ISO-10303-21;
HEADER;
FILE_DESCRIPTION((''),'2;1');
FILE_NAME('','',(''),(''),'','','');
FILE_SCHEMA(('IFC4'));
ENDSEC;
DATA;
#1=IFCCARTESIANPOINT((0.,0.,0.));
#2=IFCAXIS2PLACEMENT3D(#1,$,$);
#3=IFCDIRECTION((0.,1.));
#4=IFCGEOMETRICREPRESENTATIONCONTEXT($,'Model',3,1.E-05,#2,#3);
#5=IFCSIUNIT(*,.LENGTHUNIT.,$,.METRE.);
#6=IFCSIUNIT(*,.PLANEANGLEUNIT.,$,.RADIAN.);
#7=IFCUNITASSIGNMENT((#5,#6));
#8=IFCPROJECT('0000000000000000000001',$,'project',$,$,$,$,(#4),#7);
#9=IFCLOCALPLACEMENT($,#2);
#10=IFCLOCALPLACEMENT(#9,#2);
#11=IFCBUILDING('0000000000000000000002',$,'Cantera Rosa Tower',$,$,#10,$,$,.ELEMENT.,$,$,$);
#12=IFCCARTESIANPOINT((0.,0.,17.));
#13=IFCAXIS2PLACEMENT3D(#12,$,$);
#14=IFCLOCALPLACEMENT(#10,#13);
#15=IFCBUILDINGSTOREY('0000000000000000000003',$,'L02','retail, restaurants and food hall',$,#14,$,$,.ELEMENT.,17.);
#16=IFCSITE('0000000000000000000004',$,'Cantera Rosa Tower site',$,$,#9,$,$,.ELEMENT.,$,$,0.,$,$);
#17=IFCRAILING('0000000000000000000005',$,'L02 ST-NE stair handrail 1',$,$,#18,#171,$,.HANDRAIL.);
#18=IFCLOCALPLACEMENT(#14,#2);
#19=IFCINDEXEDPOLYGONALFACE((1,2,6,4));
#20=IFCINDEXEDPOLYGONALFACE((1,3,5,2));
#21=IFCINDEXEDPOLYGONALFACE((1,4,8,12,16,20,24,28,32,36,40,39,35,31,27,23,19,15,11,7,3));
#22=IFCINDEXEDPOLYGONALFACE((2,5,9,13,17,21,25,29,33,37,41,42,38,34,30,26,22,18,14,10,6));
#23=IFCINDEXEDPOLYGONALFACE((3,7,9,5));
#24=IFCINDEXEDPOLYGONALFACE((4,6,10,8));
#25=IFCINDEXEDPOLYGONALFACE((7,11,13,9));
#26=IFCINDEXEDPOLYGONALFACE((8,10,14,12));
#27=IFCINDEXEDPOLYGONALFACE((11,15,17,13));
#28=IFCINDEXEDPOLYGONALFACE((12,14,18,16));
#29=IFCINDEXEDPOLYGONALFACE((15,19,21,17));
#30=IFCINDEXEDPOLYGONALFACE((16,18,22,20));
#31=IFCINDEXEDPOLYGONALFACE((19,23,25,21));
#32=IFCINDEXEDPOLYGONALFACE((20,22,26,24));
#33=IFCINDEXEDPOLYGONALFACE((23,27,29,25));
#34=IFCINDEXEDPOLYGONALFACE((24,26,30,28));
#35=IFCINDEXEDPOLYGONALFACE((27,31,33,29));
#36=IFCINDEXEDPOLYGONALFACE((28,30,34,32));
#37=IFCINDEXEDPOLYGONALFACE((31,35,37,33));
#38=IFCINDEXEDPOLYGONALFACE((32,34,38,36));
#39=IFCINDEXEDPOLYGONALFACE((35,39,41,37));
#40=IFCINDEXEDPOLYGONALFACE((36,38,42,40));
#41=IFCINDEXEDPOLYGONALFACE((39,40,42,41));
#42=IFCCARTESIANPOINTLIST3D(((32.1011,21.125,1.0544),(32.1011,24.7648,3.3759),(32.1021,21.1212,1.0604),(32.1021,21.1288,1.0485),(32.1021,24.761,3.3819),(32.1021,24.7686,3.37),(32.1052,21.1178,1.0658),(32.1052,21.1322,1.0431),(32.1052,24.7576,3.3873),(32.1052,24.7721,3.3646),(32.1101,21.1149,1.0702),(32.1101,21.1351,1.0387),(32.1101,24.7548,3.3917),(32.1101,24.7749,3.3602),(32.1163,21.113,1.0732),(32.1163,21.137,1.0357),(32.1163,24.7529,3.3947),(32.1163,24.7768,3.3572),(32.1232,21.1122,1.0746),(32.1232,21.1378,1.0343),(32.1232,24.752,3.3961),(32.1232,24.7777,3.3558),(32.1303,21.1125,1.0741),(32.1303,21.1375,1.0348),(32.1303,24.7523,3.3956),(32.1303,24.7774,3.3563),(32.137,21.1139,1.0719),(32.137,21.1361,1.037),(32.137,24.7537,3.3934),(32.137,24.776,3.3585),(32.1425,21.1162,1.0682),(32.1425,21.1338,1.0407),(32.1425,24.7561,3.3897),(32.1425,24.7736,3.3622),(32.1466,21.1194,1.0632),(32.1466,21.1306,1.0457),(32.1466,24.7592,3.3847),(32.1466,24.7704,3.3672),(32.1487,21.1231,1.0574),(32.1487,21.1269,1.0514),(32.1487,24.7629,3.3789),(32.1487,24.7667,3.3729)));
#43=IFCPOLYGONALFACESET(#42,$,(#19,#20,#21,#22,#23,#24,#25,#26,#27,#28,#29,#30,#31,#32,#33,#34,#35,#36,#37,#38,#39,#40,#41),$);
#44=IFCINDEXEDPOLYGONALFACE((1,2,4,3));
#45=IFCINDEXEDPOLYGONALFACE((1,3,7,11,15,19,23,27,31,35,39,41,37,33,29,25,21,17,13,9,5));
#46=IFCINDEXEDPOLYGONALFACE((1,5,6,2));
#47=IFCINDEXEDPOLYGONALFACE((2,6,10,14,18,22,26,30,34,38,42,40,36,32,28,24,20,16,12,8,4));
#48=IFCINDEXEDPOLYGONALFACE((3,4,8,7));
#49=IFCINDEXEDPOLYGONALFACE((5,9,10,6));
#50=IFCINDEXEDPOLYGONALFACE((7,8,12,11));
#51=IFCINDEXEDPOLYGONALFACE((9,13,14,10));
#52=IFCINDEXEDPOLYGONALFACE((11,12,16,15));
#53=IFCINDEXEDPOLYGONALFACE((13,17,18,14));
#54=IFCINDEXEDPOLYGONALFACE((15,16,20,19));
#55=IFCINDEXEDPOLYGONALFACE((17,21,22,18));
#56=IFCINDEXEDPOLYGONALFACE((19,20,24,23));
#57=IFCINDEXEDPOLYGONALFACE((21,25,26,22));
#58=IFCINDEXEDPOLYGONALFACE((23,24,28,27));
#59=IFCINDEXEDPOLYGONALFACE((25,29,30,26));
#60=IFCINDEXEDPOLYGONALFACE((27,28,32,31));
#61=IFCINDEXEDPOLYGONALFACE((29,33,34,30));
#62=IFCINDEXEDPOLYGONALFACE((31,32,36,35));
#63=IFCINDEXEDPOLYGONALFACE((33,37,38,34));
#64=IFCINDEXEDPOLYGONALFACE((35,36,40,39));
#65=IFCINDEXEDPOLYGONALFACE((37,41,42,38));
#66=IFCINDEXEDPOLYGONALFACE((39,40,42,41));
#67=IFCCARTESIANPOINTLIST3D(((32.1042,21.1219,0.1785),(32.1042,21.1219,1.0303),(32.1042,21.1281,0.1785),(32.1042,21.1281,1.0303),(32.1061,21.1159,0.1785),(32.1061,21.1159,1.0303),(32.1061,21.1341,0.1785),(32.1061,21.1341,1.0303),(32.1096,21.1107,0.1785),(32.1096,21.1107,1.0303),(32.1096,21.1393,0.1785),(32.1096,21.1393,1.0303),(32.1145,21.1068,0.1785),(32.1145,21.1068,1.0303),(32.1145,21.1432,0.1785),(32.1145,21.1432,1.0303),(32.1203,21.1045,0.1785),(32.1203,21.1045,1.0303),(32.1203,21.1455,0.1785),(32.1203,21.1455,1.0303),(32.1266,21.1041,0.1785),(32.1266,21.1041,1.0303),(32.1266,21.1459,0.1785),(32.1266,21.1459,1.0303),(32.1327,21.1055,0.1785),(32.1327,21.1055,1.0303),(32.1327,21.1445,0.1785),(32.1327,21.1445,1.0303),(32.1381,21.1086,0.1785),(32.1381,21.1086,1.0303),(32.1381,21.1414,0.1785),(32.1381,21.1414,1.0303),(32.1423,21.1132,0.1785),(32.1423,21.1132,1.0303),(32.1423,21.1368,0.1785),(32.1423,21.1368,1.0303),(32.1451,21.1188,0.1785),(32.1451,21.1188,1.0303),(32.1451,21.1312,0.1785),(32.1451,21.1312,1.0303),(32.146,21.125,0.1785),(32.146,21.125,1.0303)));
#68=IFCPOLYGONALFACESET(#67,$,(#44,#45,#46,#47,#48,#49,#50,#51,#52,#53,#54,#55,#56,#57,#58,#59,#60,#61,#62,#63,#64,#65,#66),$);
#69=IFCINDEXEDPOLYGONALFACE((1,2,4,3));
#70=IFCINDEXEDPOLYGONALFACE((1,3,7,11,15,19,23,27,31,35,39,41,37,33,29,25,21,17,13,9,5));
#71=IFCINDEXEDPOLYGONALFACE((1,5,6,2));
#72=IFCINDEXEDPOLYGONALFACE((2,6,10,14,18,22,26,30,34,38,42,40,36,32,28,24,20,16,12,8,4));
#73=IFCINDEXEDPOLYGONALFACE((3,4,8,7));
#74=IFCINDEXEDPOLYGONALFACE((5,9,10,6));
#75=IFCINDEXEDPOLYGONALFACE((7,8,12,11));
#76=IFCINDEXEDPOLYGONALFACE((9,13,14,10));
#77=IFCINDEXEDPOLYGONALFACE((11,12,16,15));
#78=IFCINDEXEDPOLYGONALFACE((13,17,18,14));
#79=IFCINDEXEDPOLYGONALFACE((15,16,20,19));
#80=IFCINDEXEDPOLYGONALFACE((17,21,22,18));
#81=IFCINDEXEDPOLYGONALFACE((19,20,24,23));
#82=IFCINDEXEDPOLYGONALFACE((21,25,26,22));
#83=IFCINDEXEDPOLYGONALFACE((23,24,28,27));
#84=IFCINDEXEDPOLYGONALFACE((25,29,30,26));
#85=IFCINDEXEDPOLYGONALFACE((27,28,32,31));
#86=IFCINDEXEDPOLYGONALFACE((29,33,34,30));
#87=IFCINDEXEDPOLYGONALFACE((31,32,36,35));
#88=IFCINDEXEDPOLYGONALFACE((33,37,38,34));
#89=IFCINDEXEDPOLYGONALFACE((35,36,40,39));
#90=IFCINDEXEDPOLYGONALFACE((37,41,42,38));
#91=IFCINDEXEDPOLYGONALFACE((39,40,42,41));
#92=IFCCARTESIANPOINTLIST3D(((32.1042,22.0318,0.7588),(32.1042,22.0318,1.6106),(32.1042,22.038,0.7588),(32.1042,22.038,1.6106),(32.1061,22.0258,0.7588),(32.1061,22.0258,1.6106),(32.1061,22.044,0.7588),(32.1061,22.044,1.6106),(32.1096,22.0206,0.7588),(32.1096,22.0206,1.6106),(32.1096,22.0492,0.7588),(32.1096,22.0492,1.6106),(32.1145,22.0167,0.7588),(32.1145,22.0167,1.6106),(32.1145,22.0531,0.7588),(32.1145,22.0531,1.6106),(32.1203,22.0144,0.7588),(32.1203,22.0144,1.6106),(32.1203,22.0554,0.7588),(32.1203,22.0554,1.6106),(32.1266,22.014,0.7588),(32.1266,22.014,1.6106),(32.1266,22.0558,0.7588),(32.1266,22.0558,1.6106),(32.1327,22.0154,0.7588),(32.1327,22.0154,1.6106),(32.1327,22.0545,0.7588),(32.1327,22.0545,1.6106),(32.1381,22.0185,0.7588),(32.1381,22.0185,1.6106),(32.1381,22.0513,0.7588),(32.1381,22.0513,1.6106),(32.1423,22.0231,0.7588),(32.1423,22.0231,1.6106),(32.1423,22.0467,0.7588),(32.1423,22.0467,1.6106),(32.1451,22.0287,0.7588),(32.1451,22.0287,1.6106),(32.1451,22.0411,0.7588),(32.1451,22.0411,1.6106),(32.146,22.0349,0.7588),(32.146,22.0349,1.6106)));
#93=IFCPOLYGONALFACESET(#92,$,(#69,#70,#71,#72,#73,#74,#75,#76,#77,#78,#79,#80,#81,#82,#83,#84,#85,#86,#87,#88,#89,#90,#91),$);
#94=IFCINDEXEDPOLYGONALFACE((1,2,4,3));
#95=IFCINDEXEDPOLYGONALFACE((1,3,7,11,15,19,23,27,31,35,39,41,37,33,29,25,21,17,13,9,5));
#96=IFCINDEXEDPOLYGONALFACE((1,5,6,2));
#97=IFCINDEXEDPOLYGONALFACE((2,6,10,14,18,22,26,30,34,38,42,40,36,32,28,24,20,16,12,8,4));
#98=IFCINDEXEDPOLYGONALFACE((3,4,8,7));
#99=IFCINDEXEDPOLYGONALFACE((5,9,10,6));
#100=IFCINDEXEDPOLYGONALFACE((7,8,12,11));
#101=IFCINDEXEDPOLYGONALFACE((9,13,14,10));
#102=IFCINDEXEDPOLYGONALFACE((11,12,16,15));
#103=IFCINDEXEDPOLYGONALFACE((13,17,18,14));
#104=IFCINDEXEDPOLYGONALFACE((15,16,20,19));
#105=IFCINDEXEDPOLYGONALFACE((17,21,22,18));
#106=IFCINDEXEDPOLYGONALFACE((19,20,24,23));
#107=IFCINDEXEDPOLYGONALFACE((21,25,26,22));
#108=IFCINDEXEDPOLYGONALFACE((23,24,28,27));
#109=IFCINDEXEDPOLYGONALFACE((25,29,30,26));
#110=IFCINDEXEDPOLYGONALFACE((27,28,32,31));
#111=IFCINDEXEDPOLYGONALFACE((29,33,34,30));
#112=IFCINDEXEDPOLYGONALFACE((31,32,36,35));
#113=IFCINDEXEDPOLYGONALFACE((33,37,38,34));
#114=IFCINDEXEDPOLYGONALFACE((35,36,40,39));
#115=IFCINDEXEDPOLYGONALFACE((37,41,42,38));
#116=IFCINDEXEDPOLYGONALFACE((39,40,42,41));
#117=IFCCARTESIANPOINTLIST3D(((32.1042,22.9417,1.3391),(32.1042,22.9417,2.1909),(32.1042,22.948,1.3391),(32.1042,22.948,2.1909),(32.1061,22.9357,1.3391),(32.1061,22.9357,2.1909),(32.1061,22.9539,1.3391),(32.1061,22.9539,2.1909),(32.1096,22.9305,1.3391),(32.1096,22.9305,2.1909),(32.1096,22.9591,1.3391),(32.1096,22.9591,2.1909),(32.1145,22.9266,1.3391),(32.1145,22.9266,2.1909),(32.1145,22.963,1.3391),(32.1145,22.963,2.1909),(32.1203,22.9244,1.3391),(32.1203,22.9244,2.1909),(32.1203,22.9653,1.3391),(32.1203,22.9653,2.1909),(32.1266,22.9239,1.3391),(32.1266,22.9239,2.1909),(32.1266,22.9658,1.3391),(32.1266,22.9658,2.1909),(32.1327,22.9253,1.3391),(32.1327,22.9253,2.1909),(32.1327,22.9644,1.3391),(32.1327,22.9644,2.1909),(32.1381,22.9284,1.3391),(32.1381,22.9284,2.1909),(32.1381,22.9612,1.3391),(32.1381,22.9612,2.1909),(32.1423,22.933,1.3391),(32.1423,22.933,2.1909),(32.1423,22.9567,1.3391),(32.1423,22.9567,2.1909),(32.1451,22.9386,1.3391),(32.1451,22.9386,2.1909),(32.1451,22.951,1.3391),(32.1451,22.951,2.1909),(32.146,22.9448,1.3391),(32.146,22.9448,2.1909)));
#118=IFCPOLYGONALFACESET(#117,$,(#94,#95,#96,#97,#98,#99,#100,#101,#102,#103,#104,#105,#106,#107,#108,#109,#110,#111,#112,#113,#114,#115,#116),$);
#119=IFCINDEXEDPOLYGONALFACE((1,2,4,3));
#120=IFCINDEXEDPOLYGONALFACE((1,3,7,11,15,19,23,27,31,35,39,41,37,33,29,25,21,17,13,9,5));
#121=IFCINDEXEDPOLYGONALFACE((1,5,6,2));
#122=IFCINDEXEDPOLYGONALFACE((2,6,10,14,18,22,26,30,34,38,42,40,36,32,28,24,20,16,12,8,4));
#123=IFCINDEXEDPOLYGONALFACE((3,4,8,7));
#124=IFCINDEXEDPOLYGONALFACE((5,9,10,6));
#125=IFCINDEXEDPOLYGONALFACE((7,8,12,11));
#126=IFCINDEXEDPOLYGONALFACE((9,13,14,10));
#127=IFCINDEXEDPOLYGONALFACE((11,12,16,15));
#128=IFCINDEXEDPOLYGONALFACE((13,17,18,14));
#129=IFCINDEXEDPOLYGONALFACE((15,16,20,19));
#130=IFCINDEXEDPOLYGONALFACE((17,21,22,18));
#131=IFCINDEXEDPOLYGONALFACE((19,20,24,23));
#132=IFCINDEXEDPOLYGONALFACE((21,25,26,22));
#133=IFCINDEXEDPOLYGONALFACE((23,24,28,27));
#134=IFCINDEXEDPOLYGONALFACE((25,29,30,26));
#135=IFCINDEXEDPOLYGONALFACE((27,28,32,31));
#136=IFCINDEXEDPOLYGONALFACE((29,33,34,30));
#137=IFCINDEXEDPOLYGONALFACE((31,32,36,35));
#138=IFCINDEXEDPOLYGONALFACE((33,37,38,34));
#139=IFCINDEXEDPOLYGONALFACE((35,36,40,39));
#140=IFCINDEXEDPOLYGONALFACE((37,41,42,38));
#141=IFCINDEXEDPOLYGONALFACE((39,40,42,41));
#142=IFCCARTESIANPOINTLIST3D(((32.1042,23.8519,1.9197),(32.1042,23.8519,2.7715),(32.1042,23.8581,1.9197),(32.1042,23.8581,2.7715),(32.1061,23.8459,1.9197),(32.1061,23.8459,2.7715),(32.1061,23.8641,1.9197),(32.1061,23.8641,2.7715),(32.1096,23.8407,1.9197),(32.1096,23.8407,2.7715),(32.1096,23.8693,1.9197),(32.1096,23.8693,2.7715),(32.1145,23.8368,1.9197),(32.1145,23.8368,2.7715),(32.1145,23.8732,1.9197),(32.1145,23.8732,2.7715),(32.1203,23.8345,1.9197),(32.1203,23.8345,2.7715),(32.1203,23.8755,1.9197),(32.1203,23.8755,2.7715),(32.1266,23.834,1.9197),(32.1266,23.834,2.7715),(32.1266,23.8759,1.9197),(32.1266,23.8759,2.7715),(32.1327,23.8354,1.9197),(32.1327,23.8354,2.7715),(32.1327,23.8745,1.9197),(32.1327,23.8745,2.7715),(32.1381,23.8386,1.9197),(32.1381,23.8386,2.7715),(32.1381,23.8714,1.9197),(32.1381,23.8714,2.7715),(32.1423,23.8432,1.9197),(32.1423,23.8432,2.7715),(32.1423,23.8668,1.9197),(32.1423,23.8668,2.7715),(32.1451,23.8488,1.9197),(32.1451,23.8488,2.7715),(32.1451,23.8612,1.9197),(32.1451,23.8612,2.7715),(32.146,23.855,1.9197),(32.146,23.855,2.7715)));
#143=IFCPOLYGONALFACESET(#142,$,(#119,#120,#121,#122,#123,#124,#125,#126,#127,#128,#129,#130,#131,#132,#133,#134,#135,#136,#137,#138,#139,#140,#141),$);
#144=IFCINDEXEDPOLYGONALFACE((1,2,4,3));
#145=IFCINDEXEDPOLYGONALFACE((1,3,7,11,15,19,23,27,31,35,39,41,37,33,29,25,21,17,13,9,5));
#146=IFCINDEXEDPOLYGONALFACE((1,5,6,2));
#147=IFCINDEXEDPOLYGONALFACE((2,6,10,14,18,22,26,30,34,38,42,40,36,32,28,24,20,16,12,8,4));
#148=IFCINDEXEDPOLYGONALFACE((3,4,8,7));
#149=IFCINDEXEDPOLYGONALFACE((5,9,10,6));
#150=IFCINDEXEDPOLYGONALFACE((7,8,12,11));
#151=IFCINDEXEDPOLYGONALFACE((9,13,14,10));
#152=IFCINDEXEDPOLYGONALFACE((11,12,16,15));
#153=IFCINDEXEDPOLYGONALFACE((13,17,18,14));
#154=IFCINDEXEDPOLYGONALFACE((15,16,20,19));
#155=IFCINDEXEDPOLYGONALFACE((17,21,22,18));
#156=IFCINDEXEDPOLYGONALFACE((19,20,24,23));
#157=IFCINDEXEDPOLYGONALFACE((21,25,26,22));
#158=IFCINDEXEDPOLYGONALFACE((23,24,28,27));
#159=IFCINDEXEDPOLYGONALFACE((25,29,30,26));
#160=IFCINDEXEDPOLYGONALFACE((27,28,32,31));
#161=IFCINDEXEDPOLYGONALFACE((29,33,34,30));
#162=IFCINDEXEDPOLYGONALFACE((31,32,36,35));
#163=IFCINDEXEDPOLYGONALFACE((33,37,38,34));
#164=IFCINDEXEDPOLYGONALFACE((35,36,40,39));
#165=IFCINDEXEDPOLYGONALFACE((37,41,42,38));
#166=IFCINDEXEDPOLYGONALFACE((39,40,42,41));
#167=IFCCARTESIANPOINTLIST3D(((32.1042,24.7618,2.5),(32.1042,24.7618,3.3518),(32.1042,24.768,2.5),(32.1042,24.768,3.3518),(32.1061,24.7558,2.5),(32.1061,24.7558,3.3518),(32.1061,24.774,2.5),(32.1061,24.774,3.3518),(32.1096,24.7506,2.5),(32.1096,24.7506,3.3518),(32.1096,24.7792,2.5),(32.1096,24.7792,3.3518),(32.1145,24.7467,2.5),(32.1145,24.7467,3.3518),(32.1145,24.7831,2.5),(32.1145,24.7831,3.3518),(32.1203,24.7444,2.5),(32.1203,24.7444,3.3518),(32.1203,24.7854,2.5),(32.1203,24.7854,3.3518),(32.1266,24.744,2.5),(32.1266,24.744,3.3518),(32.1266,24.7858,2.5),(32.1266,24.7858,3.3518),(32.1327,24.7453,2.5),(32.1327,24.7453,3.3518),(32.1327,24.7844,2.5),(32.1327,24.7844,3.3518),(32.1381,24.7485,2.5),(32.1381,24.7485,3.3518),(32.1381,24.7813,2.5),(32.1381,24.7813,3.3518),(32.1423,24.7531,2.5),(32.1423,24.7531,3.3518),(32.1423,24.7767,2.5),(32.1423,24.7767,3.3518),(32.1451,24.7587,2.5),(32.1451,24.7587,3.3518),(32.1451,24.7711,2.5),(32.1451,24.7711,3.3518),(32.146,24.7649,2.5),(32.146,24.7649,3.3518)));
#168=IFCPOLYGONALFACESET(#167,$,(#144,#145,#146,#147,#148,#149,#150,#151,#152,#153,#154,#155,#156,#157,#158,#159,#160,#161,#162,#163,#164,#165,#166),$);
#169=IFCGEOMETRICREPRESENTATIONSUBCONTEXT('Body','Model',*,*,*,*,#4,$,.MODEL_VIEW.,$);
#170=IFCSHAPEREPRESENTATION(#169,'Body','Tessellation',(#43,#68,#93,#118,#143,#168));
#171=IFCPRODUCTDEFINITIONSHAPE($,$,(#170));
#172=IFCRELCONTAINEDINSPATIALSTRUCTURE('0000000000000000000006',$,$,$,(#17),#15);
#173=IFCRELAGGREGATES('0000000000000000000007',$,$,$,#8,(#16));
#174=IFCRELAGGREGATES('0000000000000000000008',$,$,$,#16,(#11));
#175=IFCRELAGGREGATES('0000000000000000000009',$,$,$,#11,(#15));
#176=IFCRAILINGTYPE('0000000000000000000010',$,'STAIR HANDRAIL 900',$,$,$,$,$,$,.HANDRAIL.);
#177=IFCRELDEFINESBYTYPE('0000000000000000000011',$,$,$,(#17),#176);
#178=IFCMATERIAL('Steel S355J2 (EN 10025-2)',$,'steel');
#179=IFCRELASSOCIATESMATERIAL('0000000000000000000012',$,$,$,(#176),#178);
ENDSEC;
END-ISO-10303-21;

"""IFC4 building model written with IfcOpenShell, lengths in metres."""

from ifc_helpers import new_model, si_unit, direction, frame, origin, origin_2d, place, context, subcontext, project, spatial, circle, extrude, material, type_object, element, save


model = new_model("IFC4")

# Units and contexts
model_context = context("Model", 3, precision=1e-05, world=origin(), true_north=direction((0.0, 1.0)))
body_context = subcontext(model_context, "Body", "Model", "MODEL_VIEW")
ifc_project = project(units=[si_unit("LENGTHUNIT", "METRE"), si_unit("PLANEANGLEUNIT", "RADIAN")], contexts=[model_context])

# Site, building, storey
site_placement = place(None, origin())
site = spatial("IfcSite", under=ifc_project, at=site_placement, Name="Cantera Rosa Tower site", CompositionType="ELEMENT", RefElevation=0.0)
building_placement = place(site_placement, origin())
building = spatial("IfcBuilding", under=site, at=building_placement, Name="Cantera Rosa Tower", CompositionType="ELEMENT")
storey_placement = place(building_placement, frame((0.0, 0.0, 17.0)))
storey = spatial("IfcBuildingStorey", under=building, at=storey_placement, Name="L02", Description="retail, restaurants and food hall", CompositionType="ELEMENT", Elevation=17.0)

# Railing
ifc_material_1 = material(Name="Steel S355J2 (EN 10025-2)", Category="steel")
railing_type_1 = type_object("IfcRailingType", Name="STAIR HANDRAIL 900", PredefinedType="HANDRAIL", material=ifc_material_1)
railing_1_placement = place(storey_placement, frame((32.125, 21.125, 0.1785)))
element("IfcRailing", 1, at=railing_1_placement, inside=storey, type_object=railing_type_1, Name="L02 ST-NE stair handrail 1", PredefinedType="HANDRAIL", context=body_context, shape_type="SweptSolid", body=[
    extrude(circle(Radius=0.0239, at=origin_2d()), frame((0.0, 0.0, 0.876), z_axis=(0.0, 0.843112, 0.537739), x_axis=(-1.0, 0.0, 0.0)), (0.0, 0.0, 1.0), 4.3171),
    extrude(circle(Radius=0.021, at=origin_2d()), origin(), (0.0, 0.0, 1.0), 0.8518),
    extrude(circle(Radius=0.021, at=origin_2d()), frame((0.0, 0.9099, 0.5803)), (0.0, 0.0, 1.0), 0.8518),
    extrude(circle(Radius=0.021, at=origin_2d()), frame((0.0, 1.8198, 1.1606)), (0.0, 0.0, 1.0), 0.8518),
    extrude(circle(Radius=0.021, at=origin_2d()), frame((0.0, 2.73, 1.7412)), (0.0, 0.0, 1.0), 0.8518),
    extrude(circle(Radius=0.021, at=origin_2d()), frame((0.0, 3.6399, 2.3215)), (0.0, 0.0, 1.0), 0.8518),
])

save(model, "model.ifc")
